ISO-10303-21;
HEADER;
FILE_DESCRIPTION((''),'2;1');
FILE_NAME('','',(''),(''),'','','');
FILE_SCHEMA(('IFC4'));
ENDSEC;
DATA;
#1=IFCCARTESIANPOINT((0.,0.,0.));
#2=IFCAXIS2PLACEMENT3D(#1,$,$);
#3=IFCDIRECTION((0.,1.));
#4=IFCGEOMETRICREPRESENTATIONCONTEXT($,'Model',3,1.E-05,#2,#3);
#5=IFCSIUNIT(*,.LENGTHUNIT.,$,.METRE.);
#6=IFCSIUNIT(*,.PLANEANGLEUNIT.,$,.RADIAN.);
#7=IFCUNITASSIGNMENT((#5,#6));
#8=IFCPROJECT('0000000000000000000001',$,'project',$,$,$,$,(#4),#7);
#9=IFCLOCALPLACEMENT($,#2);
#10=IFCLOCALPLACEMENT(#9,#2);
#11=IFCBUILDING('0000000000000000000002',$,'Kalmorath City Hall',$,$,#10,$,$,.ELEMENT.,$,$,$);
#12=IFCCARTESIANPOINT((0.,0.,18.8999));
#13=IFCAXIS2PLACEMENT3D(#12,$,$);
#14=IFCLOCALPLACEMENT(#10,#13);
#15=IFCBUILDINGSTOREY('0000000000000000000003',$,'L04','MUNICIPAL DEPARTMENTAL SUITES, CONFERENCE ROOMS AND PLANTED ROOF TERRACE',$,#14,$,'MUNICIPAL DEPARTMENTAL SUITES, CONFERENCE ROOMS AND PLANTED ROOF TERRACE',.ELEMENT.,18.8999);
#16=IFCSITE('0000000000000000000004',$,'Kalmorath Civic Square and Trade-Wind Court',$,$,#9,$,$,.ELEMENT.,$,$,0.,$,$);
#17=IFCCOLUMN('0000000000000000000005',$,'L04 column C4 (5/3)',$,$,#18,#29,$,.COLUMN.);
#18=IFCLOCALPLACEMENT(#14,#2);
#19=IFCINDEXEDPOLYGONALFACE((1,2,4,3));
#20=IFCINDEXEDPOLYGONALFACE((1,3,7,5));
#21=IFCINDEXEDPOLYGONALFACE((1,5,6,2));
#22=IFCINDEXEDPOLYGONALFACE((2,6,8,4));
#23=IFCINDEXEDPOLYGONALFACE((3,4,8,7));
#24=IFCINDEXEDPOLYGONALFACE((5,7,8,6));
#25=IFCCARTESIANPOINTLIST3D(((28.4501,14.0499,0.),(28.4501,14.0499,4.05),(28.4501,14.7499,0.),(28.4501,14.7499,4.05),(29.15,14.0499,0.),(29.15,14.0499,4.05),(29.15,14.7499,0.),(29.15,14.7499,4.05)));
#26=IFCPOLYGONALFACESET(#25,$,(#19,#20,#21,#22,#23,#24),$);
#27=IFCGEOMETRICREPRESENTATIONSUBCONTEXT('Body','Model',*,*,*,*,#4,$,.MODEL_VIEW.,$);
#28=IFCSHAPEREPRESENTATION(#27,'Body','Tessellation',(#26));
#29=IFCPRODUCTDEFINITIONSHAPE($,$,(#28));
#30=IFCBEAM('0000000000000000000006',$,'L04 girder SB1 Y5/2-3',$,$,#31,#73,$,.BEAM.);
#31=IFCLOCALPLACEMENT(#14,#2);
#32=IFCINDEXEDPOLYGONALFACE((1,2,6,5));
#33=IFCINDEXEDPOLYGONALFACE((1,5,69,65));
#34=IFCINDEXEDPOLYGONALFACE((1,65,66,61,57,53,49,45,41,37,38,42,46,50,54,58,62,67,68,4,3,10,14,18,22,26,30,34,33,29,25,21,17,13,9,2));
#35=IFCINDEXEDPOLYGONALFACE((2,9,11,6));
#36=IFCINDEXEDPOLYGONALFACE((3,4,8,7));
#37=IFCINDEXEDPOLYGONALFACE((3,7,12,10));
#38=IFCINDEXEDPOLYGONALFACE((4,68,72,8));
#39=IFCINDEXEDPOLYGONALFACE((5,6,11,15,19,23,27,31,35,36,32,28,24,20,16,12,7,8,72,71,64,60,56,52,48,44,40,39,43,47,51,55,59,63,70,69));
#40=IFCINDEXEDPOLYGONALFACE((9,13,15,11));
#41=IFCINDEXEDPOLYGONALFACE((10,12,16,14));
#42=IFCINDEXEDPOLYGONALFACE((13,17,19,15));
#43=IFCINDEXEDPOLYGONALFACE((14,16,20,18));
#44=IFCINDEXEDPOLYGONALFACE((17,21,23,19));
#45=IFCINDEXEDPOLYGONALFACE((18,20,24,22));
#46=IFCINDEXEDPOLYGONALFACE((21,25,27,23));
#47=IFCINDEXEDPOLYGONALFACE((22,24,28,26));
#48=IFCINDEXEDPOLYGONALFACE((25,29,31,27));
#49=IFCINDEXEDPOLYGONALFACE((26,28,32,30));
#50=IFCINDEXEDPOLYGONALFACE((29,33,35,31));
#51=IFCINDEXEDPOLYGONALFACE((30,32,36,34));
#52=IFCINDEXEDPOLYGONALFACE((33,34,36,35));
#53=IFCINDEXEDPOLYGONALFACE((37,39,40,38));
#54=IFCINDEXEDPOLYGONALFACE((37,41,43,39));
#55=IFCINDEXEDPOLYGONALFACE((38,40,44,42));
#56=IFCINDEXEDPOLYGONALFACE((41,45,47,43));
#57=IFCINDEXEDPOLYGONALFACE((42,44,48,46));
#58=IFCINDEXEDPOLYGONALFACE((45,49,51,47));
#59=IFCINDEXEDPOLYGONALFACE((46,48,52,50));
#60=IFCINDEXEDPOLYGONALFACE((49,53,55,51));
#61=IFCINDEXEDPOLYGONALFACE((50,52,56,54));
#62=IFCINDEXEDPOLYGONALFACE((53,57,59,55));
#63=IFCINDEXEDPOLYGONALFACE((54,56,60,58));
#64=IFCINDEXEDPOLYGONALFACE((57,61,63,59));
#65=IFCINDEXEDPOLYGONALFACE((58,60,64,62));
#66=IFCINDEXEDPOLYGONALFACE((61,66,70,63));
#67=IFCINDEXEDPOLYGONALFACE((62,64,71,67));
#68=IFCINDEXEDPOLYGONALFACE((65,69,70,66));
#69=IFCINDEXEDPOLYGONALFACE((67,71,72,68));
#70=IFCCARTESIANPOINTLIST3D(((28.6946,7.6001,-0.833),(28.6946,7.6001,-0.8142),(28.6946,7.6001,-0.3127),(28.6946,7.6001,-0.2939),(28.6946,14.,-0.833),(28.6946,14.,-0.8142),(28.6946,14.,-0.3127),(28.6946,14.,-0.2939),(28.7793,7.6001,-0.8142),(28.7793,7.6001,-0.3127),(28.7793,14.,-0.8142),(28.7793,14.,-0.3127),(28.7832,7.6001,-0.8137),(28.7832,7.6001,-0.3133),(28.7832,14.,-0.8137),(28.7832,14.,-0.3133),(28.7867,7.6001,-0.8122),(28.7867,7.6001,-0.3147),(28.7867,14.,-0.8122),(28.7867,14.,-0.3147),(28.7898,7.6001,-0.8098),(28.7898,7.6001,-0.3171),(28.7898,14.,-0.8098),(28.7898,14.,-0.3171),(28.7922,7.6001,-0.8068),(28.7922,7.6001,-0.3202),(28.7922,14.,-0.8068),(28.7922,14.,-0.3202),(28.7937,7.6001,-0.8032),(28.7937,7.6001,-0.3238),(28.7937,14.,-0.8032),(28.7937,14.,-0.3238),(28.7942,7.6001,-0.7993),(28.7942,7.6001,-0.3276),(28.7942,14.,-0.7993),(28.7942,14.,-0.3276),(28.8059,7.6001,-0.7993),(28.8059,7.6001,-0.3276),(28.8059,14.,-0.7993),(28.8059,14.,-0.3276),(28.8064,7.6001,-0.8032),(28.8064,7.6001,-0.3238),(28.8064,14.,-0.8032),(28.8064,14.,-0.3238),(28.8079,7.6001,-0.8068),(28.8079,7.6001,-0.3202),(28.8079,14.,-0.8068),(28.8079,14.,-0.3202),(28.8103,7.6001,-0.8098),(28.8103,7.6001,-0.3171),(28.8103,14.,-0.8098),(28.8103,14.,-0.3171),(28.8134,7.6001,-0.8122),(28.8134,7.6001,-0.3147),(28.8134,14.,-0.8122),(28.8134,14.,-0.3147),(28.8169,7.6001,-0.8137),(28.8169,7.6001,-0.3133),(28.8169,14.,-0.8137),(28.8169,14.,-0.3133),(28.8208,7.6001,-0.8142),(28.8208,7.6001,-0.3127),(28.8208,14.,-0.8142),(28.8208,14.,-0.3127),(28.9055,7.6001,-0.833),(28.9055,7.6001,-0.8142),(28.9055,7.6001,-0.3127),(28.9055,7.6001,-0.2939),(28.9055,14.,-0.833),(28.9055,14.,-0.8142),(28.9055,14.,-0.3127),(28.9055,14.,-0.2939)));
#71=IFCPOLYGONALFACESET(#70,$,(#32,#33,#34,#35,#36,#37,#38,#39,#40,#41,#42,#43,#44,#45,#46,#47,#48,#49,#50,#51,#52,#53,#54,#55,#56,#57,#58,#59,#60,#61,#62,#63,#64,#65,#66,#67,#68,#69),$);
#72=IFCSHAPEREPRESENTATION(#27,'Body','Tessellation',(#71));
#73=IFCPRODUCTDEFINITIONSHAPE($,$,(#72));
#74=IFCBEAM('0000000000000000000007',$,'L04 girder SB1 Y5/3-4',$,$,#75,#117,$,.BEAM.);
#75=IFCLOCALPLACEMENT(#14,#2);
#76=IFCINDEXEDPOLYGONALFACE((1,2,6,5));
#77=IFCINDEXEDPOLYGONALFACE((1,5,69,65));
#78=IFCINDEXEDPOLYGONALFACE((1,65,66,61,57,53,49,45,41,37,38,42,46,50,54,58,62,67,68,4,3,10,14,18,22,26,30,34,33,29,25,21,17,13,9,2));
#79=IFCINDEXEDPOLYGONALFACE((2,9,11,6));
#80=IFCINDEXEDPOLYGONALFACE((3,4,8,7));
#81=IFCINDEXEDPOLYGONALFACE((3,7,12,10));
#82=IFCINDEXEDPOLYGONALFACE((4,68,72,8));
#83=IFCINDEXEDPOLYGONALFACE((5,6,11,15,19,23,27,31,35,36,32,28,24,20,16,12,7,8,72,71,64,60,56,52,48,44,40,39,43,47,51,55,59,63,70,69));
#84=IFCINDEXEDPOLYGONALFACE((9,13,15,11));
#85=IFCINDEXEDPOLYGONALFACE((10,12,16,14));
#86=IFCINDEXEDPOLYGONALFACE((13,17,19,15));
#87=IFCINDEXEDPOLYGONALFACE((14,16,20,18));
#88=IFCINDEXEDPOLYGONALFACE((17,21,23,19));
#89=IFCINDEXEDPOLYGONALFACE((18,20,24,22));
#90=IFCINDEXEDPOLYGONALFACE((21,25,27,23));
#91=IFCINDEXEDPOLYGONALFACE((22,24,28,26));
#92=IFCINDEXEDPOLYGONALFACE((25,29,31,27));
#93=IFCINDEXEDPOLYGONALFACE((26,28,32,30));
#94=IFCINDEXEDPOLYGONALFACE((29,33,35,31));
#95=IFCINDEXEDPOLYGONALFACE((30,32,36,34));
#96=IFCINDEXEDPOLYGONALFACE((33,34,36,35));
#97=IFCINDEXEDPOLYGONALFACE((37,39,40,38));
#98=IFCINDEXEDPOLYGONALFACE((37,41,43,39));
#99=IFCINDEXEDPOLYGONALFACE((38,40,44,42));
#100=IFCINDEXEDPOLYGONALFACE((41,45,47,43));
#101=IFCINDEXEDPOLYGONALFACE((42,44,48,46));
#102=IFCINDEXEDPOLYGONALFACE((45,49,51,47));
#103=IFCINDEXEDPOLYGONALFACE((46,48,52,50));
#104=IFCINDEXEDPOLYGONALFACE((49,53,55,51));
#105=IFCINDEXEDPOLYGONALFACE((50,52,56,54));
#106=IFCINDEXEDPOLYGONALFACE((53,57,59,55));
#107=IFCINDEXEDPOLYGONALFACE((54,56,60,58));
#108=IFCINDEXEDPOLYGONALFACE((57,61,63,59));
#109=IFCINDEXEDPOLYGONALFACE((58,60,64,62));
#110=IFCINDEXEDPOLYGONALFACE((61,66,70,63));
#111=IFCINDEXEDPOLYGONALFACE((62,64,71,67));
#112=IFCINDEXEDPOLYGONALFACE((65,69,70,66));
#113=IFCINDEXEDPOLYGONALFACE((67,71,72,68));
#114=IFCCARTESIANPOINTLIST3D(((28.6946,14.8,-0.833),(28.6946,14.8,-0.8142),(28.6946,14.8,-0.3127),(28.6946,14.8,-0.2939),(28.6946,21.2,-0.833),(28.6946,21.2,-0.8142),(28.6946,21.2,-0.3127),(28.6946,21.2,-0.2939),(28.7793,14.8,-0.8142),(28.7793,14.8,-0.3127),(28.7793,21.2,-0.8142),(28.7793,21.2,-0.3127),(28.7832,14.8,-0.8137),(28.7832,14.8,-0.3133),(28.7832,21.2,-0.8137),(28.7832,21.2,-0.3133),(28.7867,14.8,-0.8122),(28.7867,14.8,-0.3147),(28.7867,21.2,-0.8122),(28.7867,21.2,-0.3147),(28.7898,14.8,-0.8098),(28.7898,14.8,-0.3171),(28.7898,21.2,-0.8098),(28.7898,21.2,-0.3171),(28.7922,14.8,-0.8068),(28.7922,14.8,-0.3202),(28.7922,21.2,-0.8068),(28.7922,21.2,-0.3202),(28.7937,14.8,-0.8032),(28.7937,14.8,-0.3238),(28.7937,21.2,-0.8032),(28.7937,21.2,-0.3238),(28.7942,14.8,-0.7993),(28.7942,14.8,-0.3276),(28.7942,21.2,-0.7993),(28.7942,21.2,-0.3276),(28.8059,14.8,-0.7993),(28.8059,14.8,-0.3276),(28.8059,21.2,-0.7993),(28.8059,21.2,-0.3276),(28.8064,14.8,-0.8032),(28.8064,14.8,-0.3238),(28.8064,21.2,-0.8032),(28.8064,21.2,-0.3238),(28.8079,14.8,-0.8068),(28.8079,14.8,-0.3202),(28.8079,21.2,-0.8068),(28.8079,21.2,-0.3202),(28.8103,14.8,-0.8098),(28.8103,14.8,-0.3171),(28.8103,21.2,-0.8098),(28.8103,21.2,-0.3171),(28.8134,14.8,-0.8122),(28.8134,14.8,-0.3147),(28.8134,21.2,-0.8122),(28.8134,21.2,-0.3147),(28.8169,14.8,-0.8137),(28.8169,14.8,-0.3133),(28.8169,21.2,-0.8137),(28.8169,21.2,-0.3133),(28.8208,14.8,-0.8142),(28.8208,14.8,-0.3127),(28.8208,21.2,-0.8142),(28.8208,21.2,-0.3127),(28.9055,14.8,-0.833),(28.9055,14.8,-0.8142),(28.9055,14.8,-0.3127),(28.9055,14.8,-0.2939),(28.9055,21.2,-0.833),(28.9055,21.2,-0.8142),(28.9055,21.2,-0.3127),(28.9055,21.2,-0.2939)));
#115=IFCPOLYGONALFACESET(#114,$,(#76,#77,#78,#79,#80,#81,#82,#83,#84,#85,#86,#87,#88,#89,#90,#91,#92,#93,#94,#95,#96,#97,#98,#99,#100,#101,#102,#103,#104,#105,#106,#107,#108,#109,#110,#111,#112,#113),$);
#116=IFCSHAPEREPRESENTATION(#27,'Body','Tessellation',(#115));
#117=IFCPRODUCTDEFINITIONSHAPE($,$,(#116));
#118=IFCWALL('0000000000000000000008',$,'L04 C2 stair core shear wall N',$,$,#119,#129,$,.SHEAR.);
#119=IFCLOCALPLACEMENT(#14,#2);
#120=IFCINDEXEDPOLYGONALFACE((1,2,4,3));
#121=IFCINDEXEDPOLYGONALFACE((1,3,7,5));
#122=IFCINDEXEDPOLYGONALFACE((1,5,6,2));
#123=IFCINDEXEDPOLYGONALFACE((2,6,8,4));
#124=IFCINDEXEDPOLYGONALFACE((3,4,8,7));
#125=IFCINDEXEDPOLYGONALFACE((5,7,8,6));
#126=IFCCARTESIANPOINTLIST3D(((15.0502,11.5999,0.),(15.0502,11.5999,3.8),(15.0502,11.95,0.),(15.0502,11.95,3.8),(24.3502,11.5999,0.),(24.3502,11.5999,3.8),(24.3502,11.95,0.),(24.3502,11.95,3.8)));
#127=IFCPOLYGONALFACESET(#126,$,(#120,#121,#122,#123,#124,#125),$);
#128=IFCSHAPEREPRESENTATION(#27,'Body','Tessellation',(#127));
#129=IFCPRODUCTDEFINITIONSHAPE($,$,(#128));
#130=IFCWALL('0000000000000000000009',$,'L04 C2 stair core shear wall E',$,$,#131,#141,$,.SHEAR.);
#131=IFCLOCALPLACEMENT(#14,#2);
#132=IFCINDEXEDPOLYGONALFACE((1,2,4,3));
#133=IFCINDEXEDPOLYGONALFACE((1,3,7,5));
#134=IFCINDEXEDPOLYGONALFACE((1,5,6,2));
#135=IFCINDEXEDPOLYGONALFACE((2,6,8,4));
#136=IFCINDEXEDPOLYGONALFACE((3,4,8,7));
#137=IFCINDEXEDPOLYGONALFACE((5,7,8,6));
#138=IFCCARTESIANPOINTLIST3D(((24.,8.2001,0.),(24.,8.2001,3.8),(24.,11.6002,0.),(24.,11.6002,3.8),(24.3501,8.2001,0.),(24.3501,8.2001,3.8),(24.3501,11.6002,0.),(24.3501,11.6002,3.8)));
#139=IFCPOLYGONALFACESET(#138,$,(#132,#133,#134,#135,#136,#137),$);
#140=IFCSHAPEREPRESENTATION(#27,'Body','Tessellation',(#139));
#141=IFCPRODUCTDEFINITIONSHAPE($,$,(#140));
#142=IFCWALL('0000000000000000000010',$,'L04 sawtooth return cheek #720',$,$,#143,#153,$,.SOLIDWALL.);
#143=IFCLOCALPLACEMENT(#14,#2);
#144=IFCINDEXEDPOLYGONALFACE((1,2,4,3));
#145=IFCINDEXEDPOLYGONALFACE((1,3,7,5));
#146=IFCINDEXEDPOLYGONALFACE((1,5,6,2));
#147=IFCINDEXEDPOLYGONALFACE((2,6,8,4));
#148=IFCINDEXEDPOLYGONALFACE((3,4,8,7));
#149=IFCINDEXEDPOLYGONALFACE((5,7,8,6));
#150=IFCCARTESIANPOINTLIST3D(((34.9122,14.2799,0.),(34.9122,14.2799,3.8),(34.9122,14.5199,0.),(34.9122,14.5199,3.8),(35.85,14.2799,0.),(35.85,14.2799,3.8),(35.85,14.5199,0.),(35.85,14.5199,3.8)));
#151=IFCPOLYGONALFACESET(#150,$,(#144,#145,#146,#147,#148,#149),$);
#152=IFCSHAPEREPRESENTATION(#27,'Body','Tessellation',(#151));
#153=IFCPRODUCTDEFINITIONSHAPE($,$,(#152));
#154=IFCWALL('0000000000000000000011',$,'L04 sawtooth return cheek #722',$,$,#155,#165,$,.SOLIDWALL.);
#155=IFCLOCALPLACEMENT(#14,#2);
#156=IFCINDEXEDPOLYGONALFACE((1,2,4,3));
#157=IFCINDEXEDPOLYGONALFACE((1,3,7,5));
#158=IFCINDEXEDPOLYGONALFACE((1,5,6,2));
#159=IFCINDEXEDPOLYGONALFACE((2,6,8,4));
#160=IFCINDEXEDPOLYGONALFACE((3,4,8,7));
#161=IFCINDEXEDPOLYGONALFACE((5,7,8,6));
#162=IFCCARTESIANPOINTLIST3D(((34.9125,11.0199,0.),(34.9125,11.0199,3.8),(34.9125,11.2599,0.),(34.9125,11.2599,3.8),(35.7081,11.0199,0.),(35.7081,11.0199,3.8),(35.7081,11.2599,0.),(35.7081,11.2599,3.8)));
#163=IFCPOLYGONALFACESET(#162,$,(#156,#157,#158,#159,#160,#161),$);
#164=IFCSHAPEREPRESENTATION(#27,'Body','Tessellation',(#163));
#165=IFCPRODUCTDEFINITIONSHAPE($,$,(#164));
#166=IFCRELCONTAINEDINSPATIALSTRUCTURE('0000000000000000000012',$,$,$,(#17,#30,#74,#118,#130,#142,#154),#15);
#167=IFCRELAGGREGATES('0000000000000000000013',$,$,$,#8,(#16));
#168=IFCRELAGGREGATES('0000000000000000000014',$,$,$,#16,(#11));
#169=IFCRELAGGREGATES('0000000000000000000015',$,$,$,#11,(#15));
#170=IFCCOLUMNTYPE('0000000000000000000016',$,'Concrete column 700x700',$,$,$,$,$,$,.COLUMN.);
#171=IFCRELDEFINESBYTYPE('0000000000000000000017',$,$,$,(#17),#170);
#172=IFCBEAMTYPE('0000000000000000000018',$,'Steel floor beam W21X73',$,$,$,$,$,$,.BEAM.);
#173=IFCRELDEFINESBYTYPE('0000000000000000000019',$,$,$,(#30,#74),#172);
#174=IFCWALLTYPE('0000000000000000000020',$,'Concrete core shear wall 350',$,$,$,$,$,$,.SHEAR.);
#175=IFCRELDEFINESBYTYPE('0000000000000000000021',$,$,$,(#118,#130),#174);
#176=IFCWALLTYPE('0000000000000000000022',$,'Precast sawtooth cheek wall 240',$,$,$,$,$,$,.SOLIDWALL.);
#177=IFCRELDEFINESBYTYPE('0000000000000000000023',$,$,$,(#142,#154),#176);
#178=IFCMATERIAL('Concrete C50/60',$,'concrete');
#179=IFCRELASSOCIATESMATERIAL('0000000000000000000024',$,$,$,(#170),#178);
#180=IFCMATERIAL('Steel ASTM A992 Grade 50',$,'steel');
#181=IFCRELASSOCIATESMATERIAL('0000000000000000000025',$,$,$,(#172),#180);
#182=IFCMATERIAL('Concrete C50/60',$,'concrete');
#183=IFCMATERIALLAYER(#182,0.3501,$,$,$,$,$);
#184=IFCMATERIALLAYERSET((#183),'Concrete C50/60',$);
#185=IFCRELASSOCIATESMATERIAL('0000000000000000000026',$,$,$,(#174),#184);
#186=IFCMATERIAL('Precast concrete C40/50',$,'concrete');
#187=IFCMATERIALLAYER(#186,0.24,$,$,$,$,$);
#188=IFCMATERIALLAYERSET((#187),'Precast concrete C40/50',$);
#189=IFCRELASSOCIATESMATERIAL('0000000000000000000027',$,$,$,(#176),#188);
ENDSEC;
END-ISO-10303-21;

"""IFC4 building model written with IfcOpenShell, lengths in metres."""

from ifc_helpers import new_model, si_unit, direction, frame, frame_2d, origin, origin_2d, place, context, subcontext, project, spatial, rectangle, i_section, extrude, material, layer, layer_set, material_profile, profile_set, type_object, element, save


model = new_model("IFC4")

# Units and contexts
model_context = context("Model", 3, precision=1e-05, world=origin(), true_north=direction((0.0, 1.0)))
body_context = subcontext(model_context, "Body", "Model", "MODEL_VIEW")
ifc_project = project(units=[si_unit("LENGTHUNIT", "METRE"), si_unit("PLANEANGLEUNIT", "RADIAN")], contexts=[model_context])

# Site, building, storey
site_placement = place(None, origin())
site = spatial("IfcSite", under=ifc_project, at=site_placement, Name="Kalmorath Civic Square and Trade-Wind Court", CompositionType="ELEMENT", RefElevation=0.0)
building_placement = place(site_placement, origin())
building = spatial("IfcBuilding", under=site, at=building_placement, Name="Kalmorath City Hall", CompositionType="ELEMENT")
storey_placement = place(building_placement, frame((0.0, 0.0, 18.8999)))
storey = spatial("IfcBuildingStorey", under=building, at=storey_placement, Name="L04", Description="MUNICIPAL DEPARTMENTAL SUITES, CONFERENCE ROOMS AND PLANTED ROOF TERRACE", LongName="MUNICIPAL DEPARTMENTAL SUITES, CONFERENCE ROOMS AND PLANTED ROOF TERRACE", CompositionType="ELEMENT", Elevation=18.8999)

# Column
ifc_material_1 = material(Name="Concrete C50/60", Category="concrete")
ifc_material_profile_1 = material_profile(ifc_material_1, rectangle(XDim=0.7, YDim=0.7, at=origin_2d()), Name="RC-COL-700X700")
ifc_profile_set_1 = profile_set([ifc_material_profile_1], Name="Concrete C50/60")
column_type = type_object("IfcColumnType", Name="Concrete column 700x700", PredefinedType="COLUMN", material=ifc_profile_set_1)
column_placement = place(storey_placement, frame((28.8, 14.3999, 0.0), z_axis=(0.0, 0.0, 1.0), x_axis=(1.0, 0.0, 0.0)))
element("IfcColumn", 1, at=column_placement, inside=storey, type_object=column_type, Name="L04 column C4 (5/3)", PredefinedType="COLUMN", context=body_context, shape_type="SweptSolid", body=[
    extrude(rectangle(XDim=0.7, YDim=0.7, at=origin_2d()), origin(), (0.0, 0.0, 1.0), 4.05),
])

# Beams
ifc_material_2 = material(Name="Steel ASTM A992 Grade 50", Category="steel")
ifc_material_profile_2 = material_profile(ifc_material_2, i_section(OverallWidth=0.2109, OverallDepth=0.5391, WebThickness=0.0117, FlangeThickness=0.0188, FilletRadius=0.0149, at=origin_2d()), Name="W21X73")
ifc_profile_set_2 = profile_set([ifc_material_profile_2], Name="Steel ASTM A992 Grade 50")
beam_type = type_object("IfcBeamType", Name="Steel floor beam W21X73", PredefinedType="BEAM", material=ifc_profile_set_2)
for number, where, z_axis, x_axis, name in (
    (2, (28.8, 7.6001, -0.5635), (0.0, 1.0, 0.0), (-1.0, 0.0, 0.0), "L04 girder SB1 Y5/2-3"),
    (3, (28.8, 14.8, -0.5635), (0.0, 1.0, 0.0), (-1.0, 0.0, 0.0), "L04 girder SB1 Y5/3-4"),
):
    element("IfcBeam", number, at=place(storey_placement, frame(where, z_axis=z_axis, x_axis=x_axis)), inside=storey, type_object=beam_type, Name=name, PredefinedType="BEAM", context=body_context, shape_type="SweptSolid", body=[
        extrude(i_section(OverallWidth=0.2109, OverallDepth=0.5391, WebThickness=0.0117, FlangeThickness=0.0188, FilletRadius=0.0149, at=origin_2d()), origin(), (0.0, 0.0, 1.0), 6.3999),
    ])

# Walls
ifc_material_3 = material(Name="Concrete C50/60", Category="concrete")
ifc_layer_1 = layer(ifc_material_3, 0.3501)
ifc_layer_set_1 = layer_set([ifc_layer_1], Name="Concrete C50/60")
wall_type_1 = type_object("IfcWallType", Name="Concrete core shear wall 350", PredefinedType="SHEAR", material=ifc_layer_set_1)
wall_1_placement = place(storey_placement, frame((24.3501, 11.7749, 0.0), z_axis=(0.0, 0.0, 1.0), x_axis=(-1.0, 0.0, 0.0)))
element("IfcWall", 4, at=wall_1_placement, inside=storey, type_object=wall_type_1, Name="L04 C2 stair core shear wall N", PredefinedType="SHEAR", context=body_context, shape_type="SweptSolid", body=[
    extrude(rectangle(XDim=9.3, YDim=0.3501, at=frame_2d((4.6499, 0.0))), origin(), (0.0, 0.0, 1.0), 3.8),
])
wall_2_placement = place(storey_placement, frame((24.175, 8.2, 0.0), z_axis=(0.0, 0.0, 1.0), x_axis=(0.0, 1.0, 0.0)))
element("IfcWall", 5, at=wall_2_placement, inside=storey, type_object=wall_type_1, Name="L04 C2 stair core shear wall E", PredefinedType="SHEAR", context=body_context, shape_type="SweptSolid", body=[
    extrude(rectangle(XDim=3.4001, YDim=0.3501, at=frame_2d((1.7002, 0.0))), origin(), (0.0, 0.0, 1.0), 3.8),
])
ifc_material_4 = material(Name="Precast concrete C40/50", Category="concrete")
ifc_layer_2 = layer(ifc_material_4, 0.24)
ifc_layer_set_2 = layer_set([ifc_layer_2], Name="Precast concrete C40/50")
wall_type_2 = type_object("IfcWallType", Name="Precast sawtooth cheek wall 240", PredefinedType="SOLIDWALL", material=ifc_layer_set_2)
wall_3_placement = place(storey_placement, frame((34.9124, 14.3999, 0.0), z_axis=(0.0, 0.0, 1.0), x_axis=(1.0, 0.0, 0.0)))
element("IfcWall", 6, at=wall_3_placement, inside=storey, type_object=wall_type_2, Name="L04 sawtooth return cheek #720", PredefinedType="SOLIDWALL", context=body_context, shape_type="SweptSolid", body=[
    extrude(rectangle(XDim=0.9377, YDim=0.24, at=frame_2d((0.4688, 0.0))), origin(), (0.0, 0.0, 1.0), 3.8),
])
wall_4_placement = place(storey_placement, frame((34.9124, 11.1399, 0.0), z_axis=(0.0, 0.0, 1.0), x_axis=(1.0, 0.0, 0.0)))
element("IfcWall", 7, at=wall_4_placement, inside=storey, type_object=wall_type_2, Name="L04 sawtooth return cheek #722", PredefinedType="SOLIDWALL", context=body_context, shape_type="SweptSolid", body=[
    extrude(rectangle(XDim=0.7957, YDim=0.24, at=frame_2d((0.3979, 0.0))), origin(), (0.0, 0.0, 1.0), 3.8),
])

save(model, "model.ifc")
